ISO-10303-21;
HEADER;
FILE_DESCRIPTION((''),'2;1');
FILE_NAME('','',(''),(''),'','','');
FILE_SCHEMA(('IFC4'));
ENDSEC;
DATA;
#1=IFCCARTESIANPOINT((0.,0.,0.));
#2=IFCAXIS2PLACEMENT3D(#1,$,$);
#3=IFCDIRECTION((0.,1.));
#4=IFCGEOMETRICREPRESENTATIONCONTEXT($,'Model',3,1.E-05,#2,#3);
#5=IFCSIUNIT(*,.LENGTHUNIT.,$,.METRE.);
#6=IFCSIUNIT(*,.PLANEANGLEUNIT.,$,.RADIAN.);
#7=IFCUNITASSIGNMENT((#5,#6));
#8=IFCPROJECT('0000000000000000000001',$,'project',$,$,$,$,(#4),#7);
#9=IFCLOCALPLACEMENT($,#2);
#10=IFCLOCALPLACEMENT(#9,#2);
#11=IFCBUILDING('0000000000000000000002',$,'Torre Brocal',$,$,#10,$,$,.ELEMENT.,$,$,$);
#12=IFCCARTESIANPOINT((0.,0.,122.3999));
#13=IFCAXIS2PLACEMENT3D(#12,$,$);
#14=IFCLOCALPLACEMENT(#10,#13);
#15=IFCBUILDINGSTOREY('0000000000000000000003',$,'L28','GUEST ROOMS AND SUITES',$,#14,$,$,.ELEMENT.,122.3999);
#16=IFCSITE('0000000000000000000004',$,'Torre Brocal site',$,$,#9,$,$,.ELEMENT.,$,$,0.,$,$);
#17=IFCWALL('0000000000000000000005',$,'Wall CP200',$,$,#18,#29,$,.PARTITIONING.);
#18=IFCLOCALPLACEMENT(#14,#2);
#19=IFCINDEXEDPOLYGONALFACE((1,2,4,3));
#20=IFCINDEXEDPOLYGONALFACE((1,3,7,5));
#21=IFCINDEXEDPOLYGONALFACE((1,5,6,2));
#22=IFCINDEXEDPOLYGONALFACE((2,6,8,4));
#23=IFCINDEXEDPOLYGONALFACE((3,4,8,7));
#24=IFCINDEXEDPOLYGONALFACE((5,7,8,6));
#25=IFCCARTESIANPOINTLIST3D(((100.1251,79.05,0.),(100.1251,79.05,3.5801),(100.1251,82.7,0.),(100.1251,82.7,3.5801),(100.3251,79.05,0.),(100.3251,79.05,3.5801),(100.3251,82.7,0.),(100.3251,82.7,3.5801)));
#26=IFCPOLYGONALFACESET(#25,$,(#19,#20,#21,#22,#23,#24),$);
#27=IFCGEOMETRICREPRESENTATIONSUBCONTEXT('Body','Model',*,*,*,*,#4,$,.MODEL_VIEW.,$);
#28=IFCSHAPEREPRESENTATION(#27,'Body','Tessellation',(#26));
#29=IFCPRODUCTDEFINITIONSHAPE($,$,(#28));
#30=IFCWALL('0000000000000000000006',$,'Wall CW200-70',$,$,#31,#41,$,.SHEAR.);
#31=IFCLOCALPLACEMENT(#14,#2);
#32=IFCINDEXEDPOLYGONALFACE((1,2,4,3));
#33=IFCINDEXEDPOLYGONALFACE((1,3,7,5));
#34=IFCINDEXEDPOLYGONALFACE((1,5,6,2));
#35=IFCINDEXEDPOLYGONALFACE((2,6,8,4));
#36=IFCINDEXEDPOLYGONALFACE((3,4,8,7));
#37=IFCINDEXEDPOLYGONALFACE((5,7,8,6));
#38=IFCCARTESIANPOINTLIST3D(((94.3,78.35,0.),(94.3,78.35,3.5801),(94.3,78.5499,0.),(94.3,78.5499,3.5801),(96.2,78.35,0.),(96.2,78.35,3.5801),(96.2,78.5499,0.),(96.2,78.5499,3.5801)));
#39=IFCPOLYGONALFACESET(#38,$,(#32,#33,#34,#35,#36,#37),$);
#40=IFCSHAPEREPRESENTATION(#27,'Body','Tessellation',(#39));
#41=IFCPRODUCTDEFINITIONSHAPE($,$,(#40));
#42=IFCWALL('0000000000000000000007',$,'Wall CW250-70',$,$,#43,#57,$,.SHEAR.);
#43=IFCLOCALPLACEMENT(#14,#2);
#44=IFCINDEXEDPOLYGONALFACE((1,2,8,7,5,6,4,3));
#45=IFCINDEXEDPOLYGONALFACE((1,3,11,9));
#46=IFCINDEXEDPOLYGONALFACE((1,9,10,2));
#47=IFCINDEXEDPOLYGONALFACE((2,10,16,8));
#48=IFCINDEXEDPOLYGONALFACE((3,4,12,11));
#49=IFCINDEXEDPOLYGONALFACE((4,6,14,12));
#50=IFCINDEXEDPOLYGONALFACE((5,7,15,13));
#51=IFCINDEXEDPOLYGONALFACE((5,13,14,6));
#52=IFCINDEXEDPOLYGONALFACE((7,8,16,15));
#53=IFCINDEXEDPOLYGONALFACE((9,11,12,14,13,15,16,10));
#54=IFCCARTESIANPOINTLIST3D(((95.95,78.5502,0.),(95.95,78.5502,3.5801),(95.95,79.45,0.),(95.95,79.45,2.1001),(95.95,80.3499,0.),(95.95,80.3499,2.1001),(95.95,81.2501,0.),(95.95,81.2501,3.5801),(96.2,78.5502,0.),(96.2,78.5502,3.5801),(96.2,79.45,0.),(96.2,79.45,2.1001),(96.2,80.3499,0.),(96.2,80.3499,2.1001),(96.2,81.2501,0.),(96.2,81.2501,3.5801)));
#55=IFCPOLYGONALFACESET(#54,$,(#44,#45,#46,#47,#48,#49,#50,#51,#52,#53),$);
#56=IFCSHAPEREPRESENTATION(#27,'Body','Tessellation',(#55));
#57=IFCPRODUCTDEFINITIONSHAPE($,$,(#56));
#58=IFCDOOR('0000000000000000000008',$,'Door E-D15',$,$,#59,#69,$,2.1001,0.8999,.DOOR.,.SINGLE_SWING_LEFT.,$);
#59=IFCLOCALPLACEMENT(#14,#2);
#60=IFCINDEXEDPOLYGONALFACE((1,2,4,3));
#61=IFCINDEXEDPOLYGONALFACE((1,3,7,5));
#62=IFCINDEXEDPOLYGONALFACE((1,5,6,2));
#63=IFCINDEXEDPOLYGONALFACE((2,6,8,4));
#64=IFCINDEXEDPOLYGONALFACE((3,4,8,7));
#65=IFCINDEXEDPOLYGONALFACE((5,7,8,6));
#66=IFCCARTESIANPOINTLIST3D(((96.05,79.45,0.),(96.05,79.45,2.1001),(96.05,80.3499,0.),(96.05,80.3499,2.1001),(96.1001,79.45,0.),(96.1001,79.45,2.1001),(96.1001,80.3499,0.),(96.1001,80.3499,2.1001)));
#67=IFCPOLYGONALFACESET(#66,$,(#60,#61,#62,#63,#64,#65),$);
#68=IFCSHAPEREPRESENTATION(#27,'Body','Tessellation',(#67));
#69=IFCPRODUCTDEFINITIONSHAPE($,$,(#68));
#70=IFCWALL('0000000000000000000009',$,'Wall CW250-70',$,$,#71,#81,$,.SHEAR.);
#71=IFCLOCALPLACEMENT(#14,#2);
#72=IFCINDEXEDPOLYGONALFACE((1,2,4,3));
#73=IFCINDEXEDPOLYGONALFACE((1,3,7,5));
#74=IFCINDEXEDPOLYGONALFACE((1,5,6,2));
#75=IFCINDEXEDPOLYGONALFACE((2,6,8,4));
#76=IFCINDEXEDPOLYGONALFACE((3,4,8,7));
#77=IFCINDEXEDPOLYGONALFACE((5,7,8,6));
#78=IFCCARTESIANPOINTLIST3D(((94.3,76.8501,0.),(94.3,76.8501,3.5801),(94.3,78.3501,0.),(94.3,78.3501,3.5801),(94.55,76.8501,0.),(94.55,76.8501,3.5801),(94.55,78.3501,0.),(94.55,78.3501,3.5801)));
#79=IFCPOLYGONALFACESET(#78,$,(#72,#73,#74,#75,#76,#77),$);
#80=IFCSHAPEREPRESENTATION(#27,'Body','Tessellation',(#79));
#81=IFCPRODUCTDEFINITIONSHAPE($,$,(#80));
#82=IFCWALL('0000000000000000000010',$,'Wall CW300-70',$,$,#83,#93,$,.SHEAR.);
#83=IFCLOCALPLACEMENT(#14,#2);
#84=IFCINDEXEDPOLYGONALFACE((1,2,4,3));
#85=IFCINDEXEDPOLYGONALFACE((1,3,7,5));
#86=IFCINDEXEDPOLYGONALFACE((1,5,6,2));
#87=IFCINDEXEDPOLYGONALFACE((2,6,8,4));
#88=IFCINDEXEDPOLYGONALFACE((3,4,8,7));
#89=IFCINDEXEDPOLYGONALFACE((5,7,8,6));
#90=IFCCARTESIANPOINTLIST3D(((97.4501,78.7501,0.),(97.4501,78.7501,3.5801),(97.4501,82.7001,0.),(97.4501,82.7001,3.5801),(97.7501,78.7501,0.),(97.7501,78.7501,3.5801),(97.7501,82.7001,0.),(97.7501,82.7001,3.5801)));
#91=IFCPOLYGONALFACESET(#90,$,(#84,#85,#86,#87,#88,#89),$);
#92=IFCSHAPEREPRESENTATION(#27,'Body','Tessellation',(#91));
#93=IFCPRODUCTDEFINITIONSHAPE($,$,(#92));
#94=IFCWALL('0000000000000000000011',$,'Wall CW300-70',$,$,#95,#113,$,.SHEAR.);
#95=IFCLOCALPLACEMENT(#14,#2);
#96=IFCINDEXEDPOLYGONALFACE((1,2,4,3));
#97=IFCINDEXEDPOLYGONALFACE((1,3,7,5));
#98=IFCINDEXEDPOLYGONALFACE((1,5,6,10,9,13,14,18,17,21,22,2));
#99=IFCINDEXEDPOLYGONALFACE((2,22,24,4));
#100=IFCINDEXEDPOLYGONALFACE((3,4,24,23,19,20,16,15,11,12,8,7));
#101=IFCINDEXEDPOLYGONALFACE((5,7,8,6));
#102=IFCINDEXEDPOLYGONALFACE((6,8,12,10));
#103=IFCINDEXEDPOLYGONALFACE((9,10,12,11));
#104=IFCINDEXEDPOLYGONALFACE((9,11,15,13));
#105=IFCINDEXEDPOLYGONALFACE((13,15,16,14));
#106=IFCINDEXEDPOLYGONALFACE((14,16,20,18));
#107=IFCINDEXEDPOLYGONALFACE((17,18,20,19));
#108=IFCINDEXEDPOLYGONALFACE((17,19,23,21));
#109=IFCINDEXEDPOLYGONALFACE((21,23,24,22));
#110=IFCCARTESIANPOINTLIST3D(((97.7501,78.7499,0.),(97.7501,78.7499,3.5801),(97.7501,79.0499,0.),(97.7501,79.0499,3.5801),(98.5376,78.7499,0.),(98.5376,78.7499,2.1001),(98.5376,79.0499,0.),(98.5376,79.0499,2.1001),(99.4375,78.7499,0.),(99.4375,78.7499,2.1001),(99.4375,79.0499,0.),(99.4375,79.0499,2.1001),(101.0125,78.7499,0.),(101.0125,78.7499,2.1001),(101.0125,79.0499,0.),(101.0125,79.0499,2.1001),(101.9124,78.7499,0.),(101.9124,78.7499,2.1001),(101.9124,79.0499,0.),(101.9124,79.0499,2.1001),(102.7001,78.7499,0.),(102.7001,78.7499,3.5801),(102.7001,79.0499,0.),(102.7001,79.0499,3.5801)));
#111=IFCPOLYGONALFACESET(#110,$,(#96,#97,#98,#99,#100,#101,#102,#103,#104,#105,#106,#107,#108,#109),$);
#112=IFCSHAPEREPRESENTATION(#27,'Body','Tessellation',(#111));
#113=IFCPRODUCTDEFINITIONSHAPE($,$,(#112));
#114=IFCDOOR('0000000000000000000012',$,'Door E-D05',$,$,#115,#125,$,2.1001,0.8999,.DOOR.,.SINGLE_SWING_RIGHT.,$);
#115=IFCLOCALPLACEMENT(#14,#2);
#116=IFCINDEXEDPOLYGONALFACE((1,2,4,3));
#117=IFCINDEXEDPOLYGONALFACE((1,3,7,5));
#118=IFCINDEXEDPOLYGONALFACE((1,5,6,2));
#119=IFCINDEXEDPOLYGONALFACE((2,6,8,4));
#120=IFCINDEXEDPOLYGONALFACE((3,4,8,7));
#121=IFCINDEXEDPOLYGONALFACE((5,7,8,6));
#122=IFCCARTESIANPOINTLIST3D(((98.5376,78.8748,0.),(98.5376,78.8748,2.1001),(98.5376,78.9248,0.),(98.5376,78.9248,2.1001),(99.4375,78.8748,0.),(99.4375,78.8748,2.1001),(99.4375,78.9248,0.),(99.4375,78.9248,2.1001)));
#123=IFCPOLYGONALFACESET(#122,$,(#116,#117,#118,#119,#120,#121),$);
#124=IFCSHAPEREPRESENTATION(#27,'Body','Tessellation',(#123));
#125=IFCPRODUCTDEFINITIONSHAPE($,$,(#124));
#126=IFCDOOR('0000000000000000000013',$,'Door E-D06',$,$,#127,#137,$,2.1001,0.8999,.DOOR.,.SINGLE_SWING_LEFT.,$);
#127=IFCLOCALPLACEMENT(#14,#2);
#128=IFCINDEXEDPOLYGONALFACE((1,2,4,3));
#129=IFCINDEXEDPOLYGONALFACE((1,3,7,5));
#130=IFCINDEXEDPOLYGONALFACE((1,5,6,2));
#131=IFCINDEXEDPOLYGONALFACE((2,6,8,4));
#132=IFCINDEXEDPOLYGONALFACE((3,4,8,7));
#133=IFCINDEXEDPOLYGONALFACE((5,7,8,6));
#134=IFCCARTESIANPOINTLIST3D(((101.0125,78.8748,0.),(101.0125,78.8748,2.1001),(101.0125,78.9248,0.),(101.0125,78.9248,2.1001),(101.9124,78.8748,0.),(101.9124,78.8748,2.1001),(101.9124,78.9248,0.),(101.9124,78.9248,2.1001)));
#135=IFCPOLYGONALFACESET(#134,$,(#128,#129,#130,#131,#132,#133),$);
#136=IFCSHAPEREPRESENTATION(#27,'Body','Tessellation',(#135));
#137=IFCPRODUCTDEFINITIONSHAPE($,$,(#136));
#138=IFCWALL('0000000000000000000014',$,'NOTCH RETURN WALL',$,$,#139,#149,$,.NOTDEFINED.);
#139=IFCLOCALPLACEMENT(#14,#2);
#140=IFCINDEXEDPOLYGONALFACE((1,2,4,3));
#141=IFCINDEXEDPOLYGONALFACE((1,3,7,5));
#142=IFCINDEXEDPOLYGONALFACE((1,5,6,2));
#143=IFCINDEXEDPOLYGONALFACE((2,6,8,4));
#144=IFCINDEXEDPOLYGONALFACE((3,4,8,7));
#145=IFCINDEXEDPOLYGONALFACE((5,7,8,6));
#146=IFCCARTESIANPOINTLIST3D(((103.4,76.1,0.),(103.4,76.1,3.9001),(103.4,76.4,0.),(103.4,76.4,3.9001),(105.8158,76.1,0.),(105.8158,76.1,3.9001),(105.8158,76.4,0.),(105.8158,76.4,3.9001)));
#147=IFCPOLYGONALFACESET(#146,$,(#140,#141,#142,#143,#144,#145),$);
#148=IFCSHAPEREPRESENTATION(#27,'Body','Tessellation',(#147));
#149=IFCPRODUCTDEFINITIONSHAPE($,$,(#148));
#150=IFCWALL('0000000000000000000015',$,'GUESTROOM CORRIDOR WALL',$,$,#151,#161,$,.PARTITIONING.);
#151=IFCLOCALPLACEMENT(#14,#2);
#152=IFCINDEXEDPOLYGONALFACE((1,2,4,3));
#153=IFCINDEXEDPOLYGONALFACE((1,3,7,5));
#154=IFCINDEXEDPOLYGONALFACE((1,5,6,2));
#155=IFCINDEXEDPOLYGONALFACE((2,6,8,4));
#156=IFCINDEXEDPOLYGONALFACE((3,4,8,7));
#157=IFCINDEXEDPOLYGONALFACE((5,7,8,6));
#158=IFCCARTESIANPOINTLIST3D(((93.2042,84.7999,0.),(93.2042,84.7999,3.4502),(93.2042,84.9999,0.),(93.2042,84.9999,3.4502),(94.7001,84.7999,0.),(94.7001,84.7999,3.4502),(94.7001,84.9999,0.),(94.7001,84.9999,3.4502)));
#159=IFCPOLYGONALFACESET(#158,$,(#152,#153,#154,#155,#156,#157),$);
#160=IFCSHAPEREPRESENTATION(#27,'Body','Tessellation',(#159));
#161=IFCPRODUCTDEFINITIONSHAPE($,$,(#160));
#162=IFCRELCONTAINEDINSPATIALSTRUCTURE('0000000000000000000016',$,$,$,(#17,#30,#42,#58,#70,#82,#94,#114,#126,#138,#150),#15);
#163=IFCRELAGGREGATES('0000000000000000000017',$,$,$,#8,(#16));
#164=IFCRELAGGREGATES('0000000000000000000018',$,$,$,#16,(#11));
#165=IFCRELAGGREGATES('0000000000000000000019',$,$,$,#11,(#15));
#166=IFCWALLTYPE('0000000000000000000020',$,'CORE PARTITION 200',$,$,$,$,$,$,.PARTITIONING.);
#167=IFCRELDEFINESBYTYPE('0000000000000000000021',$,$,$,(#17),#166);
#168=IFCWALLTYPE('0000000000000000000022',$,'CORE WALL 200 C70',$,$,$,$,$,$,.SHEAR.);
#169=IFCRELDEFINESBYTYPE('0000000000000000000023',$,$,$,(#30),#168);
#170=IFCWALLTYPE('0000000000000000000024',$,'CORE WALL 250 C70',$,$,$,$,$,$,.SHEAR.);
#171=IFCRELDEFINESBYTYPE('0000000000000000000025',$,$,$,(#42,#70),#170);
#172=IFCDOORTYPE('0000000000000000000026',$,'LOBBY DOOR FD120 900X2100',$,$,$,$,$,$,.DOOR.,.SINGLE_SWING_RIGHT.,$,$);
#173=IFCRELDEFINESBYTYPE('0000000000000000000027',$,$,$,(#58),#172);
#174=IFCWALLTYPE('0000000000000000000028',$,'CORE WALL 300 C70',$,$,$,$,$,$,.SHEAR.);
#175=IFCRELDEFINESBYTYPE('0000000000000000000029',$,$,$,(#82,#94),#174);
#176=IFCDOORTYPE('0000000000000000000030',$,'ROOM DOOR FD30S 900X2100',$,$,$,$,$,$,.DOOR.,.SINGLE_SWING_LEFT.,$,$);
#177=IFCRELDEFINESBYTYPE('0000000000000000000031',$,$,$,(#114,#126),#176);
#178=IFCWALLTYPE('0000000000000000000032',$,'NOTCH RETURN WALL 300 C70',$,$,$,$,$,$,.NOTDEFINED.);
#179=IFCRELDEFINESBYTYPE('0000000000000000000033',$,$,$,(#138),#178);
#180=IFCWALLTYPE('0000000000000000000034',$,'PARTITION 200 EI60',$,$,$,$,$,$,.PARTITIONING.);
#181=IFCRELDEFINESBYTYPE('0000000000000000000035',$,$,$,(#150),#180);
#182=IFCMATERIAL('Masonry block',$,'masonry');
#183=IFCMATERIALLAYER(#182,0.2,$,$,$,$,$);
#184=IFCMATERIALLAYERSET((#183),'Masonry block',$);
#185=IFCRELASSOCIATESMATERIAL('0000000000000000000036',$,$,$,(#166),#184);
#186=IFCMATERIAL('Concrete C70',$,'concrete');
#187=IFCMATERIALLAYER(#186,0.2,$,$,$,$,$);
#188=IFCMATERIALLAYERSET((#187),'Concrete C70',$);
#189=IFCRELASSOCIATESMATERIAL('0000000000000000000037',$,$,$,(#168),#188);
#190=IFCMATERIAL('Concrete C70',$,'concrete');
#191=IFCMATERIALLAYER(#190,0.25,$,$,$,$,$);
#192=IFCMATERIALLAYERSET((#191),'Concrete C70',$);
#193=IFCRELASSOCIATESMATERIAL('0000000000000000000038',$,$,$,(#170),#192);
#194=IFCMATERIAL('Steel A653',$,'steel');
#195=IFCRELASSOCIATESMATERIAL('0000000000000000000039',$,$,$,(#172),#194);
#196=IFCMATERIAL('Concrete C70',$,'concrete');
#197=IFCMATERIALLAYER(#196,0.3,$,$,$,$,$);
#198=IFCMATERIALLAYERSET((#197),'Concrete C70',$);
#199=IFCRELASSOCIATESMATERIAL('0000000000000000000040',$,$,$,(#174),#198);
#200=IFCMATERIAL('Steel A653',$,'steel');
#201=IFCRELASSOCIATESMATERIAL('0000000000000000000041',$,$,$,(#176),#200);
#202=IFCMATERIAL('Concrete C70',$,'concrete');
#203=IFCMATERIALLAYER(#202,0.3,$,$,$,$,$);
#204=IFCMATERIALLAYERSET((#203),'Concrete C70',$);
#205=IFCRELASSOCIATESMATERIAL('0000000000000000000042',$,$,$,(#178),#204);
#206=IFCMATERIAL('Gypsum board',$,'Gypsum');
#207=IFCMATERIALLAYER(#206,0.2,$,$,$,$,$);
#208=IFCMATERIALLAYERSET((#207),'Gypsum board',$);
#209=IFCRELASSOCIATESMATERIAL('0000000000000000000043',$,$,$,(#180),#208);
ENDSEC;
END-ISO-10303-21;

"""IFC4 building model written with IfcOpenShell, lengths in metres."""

from ifc_helpers import new_model, si_unit, direction, frame, frame_2d, origin, place, context, subcontext, project, spatial, rectangle, extrude, material, layer, layer_set, type_object, element, fill, save


model = new_model("IFC4")

# Units and contexts
model_context = context("Model", 3, precision=1e-05, world=origin(), true_north=direction((0.0, 1.0)))
body_context = subcontext(model_context, "Body", "Model", "MODEL_VIEW")
ifc_project = project(units=[si_unit("LENGTHUNIT", "METRE"), si_unit("PLANEANGLEUNIT", "RADIAN")], contexts=[model_context])

# Site, building, storey
site_placement = place(None, origin())
site = spatial("IfcSite", under=ifc_project, at=site_placement, Name="Torre Brocal site", CompositionType="ELEMENT", RefElevation=0.0)
building_placement = place(site_placement, origin())
building = spatial("IfcBuilding", under=site, at=building_placement, Name="Torre Brocal", CompositionType="ELEMENT")
storey_placement = place(building_placement, frame((0.0, 0.0, 122.3999)))
storey = spatial("IfcBuildingStorey", under=building, at=storey_placement, Name="L28", Description="GUEST ROOMS AND SUITES", CompositionType="ELEMENT", Elevation=122.3999)

# Walls
ifc_material_1 = material(Name="Masonry block", Category="masonry")
ifc_layer_1 = layer(ifc_material_1, 0.2)
ifc_layer_set_1 = layer_set([ifc_layer_1], Name="Masonry block")
wall_type_1 = type_object("IfcWallType", Name="CORE PARTITION 200", PredefinedType="PARTITIONING", material=ifc_layer_set_1)
wall_1_placement = place(storey_placement, frame((100.2251, 79.05, 0.0), z_axis=(0.0, 0.0, 1.0), x_axis=(0.0, 1.0, 0.0)))
element("IfcWall", 1, at=wall_1_placement, inside=storey, type_object=wall_type_1, Name="Wall CP200", PredefinedType="PARTITIONING", context=body_context, shape_type="SweptSolid", body=[
    extrude(rectangle(XDim=3.6499, YDim=0.2, at=frame_2d((1.825, 0.0))), origin(), (0.0, 0.0, 1.0), 3.5801),
])
ifc_material_2 = material(Name="Concrete C70", Category="concrete")
ifc_layer_2 = layer(ifc_material_2, 0.2)
ifc_layer_set_2 = layer_set([ifc_layer_2], Name="Concrete C70")
wall_type_2 = type_object("IfcWallType", Name="CORE WALL 200 C70", PredefinedType="SHEAR", material=ifc_layer_set_2)
wall_2_placement = place(storey_placement, frame((94.3, 78.45, 0.0), z_axis=(0.0, 0.0, 1.0), x_axis=(1.0, 0.0, 0.0)))
element("IfcWall", 2, at=wall_2_placement, inside=storey, type_object=wall_type_2, Name="Wall CW200-70", PredefinedType="SHEAR", context=body_context, shape_type="SweptSolid", body=[
    extrude(rectangle(XDim=1.8999, YDim=0.2, at=frame_2d((0.95, 0.0))), origin(), (0.0, 0.0, 1.0), 3.5801),
])

# Wall, opening, door
ifc_material_3 = material(Name="Concrete C70", Category="concrete")
ifc_layer_3 = layer(ifc_material_3, 0.25)
ifc_layer_set_3 = layer_set([ifc_layer_3], Name="Concrete C70")
wall_type_3 = type_object("IfcWallType", Name="CORE WALL 250 C70", PredefinedType="SHEAR", material=ifc_layer_set_3)
wall_3_placement = place(storey_placement, frame((96.075, 78.55, 0.0), z_axis=(0.0, 0.0, 1.0), x_axis=(0.0, 1.0, 0.0)))
wall_3 = element("IfcWall", 3, at=wall_3_placement, inside=storey, type_object=wall_type_3, Name="Wall CW250-70", PredefinedType="SHEAR", context=body_context, shape_type="SweptSolid", body=[
    extrude(rectangle(XDim=2.7, YDim=0.25, at=frame_2d((1.3501, 0.0))), origin(), (0.0, 0.0, 1.0), 3.5801),
])
opening_1_placement = place(wall_3_placement, frame((0.8999, 0.0, 0.0)))
opening_1 = element("IfcOpeningElement", 4, at=opening_1_placement, cuts=wall_3, PredefinedType="OPENING", context=body_context, shape_type="SweptSolid", body=[
    extrude(rectangle(XDim=0.8999, YDim=2.1001, at=frame_2d((0.45, 1.05))), frame((0.0, 0.135, 0.0), z_axis=(0.0, -1.0, 0.0), x_axis=(1.0, 0.0, 0.0)), (0.0, 0.0, 1.0), 0.27),
])
ifc_material_4 = material(Name="Steel A653", Category="steel")
door_type_1 = type_object("IfcDoorType", Name="LOBBY DOOR FD120 900X2100", OperationType="SINGLE_SWING_RIGHT", PredefinedType="DOOR", material=ifc_material_4)
door_1_placement = place(opening_1_placement, origin())
door_1 = element("IfcDoor", 5, at=door_1_placement, inside=storey, type_object=door_type_1, Name="Door E-D15", OperationType="SINGLE_SWING_LEFT", OverallHeight=2.1001, OverallWidth=0.8999, PredefinedType="DOOR", context=body_context, shape_type="SweptSolid", body=[
    extrude(rectangle(XDim=0.8999, YDim=2.1001, at=frame_2d((0.45, 1.05))), frame((0.0, 0.0249, 0.0), z_axis=(0.0, -1.0, 0.0), x_axis=(1.0, 0.0, 0.0)), (0.0, 0.0, 1.0), 0.05),
])
fill(opening_1, door_1)

# Walls
wall_4_placement = place(storey_placement, frame((94.425, 76.8501, 0.0), z_axis=(0.0, 0.0, 1.0), x_axis=(0.0, 1.0, 0.0)))
element("IfcWall", 6, at=wall_4_placement, inside=storey, type_object=wall_type_3, Name="Wall CW250-70", PredefinedType="SHEAR", context=body_context, shape_type="SweptSolid", body=[
    extrude(rectangle(XDim=1.5, YDim=0.25, at=frame_2d((0.75, 0.0))), origin(), (0.0, 0.0, 1.0), 3.5801),
])
ifc_material_5 = material(Name="Concrete C70", Category="concrete")
ifc_layer_4 = layer(ifc_material_5, 0.3)
ifc_layer_set_4 = layer_set([ifc_layer_4], Name="Concrete C70")
wall_type_4 = type_object("IfcWallType", Name="CORE WALL 300 C70", PredefinedType="SHEAR", material=ifc_layer_set_4)
wall_5_placement = place(storey_placement, frame((97.6001, 78.75, 0.0), z_axis=(0.0, 0.0, 1.0), x_axis=(0.0, 1.0, 0.0)))
element("IfcWall", 7, at=wall_5_placement, inside=storey, type_object=wall_type_4, Name="Wall CW300-70", PredefinedType="SHEAR", context=body_context, shape_type="SweptSolid", body=[
    extrude(rectangle(XDim=3.95, YDim=0.3, at=frame_2d((1.9751, 0.0))), origin(), (0.0, 0.0, 1.0), 3.5801),
])

# Wall, openings, doors
wall_6_placement = place(storey_placement, frame((97.75, 78.8999, 0.0), z_axis=(0.0, 0.0, 1.0), x_axis=(1.0, 0.0, 0.0)))
wall_6 = element("IfcWall", 8, at=wall_6_placement, inside=storey, type_object=wall_type_4, Name="Wall CW300-70", PredefinedType="SHEAR", context=body_context, shape_type="SweptSolid", body=[
    extrude(rectangle(XDim=4.95, YDim=0.3, at=frame_2d((2.4751, 0.0))), origin(), (0.0, 0.0, 1.0), 3.5801),
])
opening_2_placement = place(wall_6_placement, frame((0.7876, 0.0, 0.0)))
opening_2 = element("IfcOpeningElement", 9, at=opening_2_placement, cuts=wall_6, PredefinedType="OPENING", context=body_context, shape_type="SweptSolid", body=[
    extrude(rectangle(XDim=0.8999, YDim=2.1001, at=frame_2d((0.45, 1.05))), frame((0.0, 0.1599, 0.0), z_axis=(0.0, -1.0, 0.0), x_axis=(1.0, 0.0, 0.0)), (0.0, 0.0, 1.0), 0.3201),
])
opening_3_placement = place(wall_6_placement, frame((3.2625, 0.0, 0.0)))
opening_3 = element("IfcOpeningElement", 10, at=opening_3_placement, cuts=wall_6, PredefinedType="OPENING", context=body_context, shape_type="SweptSolid", body=[
    extrude(rectangle(XDim=0.8999, YDim=2.1001, at=frame_2d((0.45, 1.05))), frame((0.0, 0.1599, 0.0), z_axis=(0.0, -1.0, 0.0), x_axis=(1.0, 0.0, 0.0)), (0.0, 0.0, 1.0), 0.3201),
])
ifc_material_6 = material(Name="Steel A653", Category="steel")
door_type_2 = type_object("IfcDoorType", Name="ROOM DOOR FD30S 900X2100", OperationType="SINGLE_SWING_LEFT", PredefinedType="DOOR", material=ifc_material_6)
door_2_placement = place(opening_2_placement, origin())
door_2 = element("IfcDoor", 11, at=door_2_placement, inside=storey, type_object=door_type_2, Name="Door E-D05", OperationType="SINGLE_SWING_RIGHT", OverallHeight=2.1001, OverallWidth=0.8999, PredefinedType="DOOR", context=body_context, shape_type="SweptSolid", body=[
    extrude(rectangle(XDim=0.8999, YDim=2.1001, at=frame_2d((0.45, 1.05))), frame((0.0, 0.0249, 0.0), z_axis=(0.0, -1.0, 0.0), x_axis=(1.0, 0.0, 0.0)), (0.0, 0.0, 1.0), 0.05),
])
fill(opening_2, door_2)
door_3_placement = place(opening_3_placement, origin())
door_3 = element("IfcDoor", 12, at=door_3_placement, inside=storey, type_object=door_type_2, Name="Door E-D06", OperationType="SINGLE_SWING_LEFT", OverallHeight=2.1001, OverallWidth=0.8999, PredefinedType="DOOR", context=body_context, shape_type="SweptSolid", body=[
    extrude(rectangle(XDim=0.8999, YDim=2.1001, at=frame_2d((0.45, 1.05))), frame((0.0, 0.0249, 0.0), z_axis=(0.0, -1.0, 0.0), x_axis=(1.0, 0.0, 0.0)), (0.0, 0.0, 1.0), 0.05),
])
fill(opening_3, door_3)

# Walls
ifc_material_7 = material(Name="Concrete C70", Category="concrete")
ifc_layer_5 = layer(ifc_material_7, 0.3)
ifc_layer_set_5 = layer_set([ifc_layer_5], Name="Concrete C70")
wall_type_5 = type_object("IfcWallType", Name="NOTCH RETURN WALL 300 C70", PredefinedType="NOTDEFINED", material=ifc_layer_set_5)
wall_7_placement = place(storey_placement, frame((103.3999, 76.25, 0.0), z_axis=(0.0, 0.0, 1.0), x_axis=(1.0, 0.0, 0.0)))
element("IfcWall", 13, at=wall_7_placement, inside=storey, type_object=wall_type_5, Name="NOTCH RETURN WALL", PredefinedType="NOTDEFINED", context=body_context, shape_type="SweptSolid", body=[
    extrude(rectangle(XDim=2.4158, YDim=0.3, at=frame_2d((1.208, 0.0))), origin(), (0.0, 0.0, 1.0), 3.9001),
])
ifc_material_8 = material(Name="Gypsum board", Category="Gypsum")
ifc_layer_6 = layer(ifc_material_8, 0.2)
ifc_layer_set_6 = layer_set([ifc_layer_6], Name="Gypsum board")
wall_type_6 = type_object("IfcWallType", Name="PARTITION 200 EI60", PredefinedType="PARTITIONING", material=ifc_layer_set_6)
wall_8_placement = place(storey_placement, frame((93.2041, 84.8999, 0.0), z_axis=(0.0, 0.0, 1.0), x_axis=(1.0, 0.0, 0.0)))
element("IfcWall", 14, at=wall_8_placement, inside=storey, type_object=wall_type_6, Name="GUESTROOM CORRIDOR WALL", PredefinedType="PARTITIONING", context=body_context, shape_type="SweptSolid", body=[
    extrude(rectangle(XDim=1.4958, YDim=0.2, at=frame_2d((0.748, 0.0))), origin(), (0.0, 0.0, 1.0), 3.4502),
])

save(model, "model.ifc")
